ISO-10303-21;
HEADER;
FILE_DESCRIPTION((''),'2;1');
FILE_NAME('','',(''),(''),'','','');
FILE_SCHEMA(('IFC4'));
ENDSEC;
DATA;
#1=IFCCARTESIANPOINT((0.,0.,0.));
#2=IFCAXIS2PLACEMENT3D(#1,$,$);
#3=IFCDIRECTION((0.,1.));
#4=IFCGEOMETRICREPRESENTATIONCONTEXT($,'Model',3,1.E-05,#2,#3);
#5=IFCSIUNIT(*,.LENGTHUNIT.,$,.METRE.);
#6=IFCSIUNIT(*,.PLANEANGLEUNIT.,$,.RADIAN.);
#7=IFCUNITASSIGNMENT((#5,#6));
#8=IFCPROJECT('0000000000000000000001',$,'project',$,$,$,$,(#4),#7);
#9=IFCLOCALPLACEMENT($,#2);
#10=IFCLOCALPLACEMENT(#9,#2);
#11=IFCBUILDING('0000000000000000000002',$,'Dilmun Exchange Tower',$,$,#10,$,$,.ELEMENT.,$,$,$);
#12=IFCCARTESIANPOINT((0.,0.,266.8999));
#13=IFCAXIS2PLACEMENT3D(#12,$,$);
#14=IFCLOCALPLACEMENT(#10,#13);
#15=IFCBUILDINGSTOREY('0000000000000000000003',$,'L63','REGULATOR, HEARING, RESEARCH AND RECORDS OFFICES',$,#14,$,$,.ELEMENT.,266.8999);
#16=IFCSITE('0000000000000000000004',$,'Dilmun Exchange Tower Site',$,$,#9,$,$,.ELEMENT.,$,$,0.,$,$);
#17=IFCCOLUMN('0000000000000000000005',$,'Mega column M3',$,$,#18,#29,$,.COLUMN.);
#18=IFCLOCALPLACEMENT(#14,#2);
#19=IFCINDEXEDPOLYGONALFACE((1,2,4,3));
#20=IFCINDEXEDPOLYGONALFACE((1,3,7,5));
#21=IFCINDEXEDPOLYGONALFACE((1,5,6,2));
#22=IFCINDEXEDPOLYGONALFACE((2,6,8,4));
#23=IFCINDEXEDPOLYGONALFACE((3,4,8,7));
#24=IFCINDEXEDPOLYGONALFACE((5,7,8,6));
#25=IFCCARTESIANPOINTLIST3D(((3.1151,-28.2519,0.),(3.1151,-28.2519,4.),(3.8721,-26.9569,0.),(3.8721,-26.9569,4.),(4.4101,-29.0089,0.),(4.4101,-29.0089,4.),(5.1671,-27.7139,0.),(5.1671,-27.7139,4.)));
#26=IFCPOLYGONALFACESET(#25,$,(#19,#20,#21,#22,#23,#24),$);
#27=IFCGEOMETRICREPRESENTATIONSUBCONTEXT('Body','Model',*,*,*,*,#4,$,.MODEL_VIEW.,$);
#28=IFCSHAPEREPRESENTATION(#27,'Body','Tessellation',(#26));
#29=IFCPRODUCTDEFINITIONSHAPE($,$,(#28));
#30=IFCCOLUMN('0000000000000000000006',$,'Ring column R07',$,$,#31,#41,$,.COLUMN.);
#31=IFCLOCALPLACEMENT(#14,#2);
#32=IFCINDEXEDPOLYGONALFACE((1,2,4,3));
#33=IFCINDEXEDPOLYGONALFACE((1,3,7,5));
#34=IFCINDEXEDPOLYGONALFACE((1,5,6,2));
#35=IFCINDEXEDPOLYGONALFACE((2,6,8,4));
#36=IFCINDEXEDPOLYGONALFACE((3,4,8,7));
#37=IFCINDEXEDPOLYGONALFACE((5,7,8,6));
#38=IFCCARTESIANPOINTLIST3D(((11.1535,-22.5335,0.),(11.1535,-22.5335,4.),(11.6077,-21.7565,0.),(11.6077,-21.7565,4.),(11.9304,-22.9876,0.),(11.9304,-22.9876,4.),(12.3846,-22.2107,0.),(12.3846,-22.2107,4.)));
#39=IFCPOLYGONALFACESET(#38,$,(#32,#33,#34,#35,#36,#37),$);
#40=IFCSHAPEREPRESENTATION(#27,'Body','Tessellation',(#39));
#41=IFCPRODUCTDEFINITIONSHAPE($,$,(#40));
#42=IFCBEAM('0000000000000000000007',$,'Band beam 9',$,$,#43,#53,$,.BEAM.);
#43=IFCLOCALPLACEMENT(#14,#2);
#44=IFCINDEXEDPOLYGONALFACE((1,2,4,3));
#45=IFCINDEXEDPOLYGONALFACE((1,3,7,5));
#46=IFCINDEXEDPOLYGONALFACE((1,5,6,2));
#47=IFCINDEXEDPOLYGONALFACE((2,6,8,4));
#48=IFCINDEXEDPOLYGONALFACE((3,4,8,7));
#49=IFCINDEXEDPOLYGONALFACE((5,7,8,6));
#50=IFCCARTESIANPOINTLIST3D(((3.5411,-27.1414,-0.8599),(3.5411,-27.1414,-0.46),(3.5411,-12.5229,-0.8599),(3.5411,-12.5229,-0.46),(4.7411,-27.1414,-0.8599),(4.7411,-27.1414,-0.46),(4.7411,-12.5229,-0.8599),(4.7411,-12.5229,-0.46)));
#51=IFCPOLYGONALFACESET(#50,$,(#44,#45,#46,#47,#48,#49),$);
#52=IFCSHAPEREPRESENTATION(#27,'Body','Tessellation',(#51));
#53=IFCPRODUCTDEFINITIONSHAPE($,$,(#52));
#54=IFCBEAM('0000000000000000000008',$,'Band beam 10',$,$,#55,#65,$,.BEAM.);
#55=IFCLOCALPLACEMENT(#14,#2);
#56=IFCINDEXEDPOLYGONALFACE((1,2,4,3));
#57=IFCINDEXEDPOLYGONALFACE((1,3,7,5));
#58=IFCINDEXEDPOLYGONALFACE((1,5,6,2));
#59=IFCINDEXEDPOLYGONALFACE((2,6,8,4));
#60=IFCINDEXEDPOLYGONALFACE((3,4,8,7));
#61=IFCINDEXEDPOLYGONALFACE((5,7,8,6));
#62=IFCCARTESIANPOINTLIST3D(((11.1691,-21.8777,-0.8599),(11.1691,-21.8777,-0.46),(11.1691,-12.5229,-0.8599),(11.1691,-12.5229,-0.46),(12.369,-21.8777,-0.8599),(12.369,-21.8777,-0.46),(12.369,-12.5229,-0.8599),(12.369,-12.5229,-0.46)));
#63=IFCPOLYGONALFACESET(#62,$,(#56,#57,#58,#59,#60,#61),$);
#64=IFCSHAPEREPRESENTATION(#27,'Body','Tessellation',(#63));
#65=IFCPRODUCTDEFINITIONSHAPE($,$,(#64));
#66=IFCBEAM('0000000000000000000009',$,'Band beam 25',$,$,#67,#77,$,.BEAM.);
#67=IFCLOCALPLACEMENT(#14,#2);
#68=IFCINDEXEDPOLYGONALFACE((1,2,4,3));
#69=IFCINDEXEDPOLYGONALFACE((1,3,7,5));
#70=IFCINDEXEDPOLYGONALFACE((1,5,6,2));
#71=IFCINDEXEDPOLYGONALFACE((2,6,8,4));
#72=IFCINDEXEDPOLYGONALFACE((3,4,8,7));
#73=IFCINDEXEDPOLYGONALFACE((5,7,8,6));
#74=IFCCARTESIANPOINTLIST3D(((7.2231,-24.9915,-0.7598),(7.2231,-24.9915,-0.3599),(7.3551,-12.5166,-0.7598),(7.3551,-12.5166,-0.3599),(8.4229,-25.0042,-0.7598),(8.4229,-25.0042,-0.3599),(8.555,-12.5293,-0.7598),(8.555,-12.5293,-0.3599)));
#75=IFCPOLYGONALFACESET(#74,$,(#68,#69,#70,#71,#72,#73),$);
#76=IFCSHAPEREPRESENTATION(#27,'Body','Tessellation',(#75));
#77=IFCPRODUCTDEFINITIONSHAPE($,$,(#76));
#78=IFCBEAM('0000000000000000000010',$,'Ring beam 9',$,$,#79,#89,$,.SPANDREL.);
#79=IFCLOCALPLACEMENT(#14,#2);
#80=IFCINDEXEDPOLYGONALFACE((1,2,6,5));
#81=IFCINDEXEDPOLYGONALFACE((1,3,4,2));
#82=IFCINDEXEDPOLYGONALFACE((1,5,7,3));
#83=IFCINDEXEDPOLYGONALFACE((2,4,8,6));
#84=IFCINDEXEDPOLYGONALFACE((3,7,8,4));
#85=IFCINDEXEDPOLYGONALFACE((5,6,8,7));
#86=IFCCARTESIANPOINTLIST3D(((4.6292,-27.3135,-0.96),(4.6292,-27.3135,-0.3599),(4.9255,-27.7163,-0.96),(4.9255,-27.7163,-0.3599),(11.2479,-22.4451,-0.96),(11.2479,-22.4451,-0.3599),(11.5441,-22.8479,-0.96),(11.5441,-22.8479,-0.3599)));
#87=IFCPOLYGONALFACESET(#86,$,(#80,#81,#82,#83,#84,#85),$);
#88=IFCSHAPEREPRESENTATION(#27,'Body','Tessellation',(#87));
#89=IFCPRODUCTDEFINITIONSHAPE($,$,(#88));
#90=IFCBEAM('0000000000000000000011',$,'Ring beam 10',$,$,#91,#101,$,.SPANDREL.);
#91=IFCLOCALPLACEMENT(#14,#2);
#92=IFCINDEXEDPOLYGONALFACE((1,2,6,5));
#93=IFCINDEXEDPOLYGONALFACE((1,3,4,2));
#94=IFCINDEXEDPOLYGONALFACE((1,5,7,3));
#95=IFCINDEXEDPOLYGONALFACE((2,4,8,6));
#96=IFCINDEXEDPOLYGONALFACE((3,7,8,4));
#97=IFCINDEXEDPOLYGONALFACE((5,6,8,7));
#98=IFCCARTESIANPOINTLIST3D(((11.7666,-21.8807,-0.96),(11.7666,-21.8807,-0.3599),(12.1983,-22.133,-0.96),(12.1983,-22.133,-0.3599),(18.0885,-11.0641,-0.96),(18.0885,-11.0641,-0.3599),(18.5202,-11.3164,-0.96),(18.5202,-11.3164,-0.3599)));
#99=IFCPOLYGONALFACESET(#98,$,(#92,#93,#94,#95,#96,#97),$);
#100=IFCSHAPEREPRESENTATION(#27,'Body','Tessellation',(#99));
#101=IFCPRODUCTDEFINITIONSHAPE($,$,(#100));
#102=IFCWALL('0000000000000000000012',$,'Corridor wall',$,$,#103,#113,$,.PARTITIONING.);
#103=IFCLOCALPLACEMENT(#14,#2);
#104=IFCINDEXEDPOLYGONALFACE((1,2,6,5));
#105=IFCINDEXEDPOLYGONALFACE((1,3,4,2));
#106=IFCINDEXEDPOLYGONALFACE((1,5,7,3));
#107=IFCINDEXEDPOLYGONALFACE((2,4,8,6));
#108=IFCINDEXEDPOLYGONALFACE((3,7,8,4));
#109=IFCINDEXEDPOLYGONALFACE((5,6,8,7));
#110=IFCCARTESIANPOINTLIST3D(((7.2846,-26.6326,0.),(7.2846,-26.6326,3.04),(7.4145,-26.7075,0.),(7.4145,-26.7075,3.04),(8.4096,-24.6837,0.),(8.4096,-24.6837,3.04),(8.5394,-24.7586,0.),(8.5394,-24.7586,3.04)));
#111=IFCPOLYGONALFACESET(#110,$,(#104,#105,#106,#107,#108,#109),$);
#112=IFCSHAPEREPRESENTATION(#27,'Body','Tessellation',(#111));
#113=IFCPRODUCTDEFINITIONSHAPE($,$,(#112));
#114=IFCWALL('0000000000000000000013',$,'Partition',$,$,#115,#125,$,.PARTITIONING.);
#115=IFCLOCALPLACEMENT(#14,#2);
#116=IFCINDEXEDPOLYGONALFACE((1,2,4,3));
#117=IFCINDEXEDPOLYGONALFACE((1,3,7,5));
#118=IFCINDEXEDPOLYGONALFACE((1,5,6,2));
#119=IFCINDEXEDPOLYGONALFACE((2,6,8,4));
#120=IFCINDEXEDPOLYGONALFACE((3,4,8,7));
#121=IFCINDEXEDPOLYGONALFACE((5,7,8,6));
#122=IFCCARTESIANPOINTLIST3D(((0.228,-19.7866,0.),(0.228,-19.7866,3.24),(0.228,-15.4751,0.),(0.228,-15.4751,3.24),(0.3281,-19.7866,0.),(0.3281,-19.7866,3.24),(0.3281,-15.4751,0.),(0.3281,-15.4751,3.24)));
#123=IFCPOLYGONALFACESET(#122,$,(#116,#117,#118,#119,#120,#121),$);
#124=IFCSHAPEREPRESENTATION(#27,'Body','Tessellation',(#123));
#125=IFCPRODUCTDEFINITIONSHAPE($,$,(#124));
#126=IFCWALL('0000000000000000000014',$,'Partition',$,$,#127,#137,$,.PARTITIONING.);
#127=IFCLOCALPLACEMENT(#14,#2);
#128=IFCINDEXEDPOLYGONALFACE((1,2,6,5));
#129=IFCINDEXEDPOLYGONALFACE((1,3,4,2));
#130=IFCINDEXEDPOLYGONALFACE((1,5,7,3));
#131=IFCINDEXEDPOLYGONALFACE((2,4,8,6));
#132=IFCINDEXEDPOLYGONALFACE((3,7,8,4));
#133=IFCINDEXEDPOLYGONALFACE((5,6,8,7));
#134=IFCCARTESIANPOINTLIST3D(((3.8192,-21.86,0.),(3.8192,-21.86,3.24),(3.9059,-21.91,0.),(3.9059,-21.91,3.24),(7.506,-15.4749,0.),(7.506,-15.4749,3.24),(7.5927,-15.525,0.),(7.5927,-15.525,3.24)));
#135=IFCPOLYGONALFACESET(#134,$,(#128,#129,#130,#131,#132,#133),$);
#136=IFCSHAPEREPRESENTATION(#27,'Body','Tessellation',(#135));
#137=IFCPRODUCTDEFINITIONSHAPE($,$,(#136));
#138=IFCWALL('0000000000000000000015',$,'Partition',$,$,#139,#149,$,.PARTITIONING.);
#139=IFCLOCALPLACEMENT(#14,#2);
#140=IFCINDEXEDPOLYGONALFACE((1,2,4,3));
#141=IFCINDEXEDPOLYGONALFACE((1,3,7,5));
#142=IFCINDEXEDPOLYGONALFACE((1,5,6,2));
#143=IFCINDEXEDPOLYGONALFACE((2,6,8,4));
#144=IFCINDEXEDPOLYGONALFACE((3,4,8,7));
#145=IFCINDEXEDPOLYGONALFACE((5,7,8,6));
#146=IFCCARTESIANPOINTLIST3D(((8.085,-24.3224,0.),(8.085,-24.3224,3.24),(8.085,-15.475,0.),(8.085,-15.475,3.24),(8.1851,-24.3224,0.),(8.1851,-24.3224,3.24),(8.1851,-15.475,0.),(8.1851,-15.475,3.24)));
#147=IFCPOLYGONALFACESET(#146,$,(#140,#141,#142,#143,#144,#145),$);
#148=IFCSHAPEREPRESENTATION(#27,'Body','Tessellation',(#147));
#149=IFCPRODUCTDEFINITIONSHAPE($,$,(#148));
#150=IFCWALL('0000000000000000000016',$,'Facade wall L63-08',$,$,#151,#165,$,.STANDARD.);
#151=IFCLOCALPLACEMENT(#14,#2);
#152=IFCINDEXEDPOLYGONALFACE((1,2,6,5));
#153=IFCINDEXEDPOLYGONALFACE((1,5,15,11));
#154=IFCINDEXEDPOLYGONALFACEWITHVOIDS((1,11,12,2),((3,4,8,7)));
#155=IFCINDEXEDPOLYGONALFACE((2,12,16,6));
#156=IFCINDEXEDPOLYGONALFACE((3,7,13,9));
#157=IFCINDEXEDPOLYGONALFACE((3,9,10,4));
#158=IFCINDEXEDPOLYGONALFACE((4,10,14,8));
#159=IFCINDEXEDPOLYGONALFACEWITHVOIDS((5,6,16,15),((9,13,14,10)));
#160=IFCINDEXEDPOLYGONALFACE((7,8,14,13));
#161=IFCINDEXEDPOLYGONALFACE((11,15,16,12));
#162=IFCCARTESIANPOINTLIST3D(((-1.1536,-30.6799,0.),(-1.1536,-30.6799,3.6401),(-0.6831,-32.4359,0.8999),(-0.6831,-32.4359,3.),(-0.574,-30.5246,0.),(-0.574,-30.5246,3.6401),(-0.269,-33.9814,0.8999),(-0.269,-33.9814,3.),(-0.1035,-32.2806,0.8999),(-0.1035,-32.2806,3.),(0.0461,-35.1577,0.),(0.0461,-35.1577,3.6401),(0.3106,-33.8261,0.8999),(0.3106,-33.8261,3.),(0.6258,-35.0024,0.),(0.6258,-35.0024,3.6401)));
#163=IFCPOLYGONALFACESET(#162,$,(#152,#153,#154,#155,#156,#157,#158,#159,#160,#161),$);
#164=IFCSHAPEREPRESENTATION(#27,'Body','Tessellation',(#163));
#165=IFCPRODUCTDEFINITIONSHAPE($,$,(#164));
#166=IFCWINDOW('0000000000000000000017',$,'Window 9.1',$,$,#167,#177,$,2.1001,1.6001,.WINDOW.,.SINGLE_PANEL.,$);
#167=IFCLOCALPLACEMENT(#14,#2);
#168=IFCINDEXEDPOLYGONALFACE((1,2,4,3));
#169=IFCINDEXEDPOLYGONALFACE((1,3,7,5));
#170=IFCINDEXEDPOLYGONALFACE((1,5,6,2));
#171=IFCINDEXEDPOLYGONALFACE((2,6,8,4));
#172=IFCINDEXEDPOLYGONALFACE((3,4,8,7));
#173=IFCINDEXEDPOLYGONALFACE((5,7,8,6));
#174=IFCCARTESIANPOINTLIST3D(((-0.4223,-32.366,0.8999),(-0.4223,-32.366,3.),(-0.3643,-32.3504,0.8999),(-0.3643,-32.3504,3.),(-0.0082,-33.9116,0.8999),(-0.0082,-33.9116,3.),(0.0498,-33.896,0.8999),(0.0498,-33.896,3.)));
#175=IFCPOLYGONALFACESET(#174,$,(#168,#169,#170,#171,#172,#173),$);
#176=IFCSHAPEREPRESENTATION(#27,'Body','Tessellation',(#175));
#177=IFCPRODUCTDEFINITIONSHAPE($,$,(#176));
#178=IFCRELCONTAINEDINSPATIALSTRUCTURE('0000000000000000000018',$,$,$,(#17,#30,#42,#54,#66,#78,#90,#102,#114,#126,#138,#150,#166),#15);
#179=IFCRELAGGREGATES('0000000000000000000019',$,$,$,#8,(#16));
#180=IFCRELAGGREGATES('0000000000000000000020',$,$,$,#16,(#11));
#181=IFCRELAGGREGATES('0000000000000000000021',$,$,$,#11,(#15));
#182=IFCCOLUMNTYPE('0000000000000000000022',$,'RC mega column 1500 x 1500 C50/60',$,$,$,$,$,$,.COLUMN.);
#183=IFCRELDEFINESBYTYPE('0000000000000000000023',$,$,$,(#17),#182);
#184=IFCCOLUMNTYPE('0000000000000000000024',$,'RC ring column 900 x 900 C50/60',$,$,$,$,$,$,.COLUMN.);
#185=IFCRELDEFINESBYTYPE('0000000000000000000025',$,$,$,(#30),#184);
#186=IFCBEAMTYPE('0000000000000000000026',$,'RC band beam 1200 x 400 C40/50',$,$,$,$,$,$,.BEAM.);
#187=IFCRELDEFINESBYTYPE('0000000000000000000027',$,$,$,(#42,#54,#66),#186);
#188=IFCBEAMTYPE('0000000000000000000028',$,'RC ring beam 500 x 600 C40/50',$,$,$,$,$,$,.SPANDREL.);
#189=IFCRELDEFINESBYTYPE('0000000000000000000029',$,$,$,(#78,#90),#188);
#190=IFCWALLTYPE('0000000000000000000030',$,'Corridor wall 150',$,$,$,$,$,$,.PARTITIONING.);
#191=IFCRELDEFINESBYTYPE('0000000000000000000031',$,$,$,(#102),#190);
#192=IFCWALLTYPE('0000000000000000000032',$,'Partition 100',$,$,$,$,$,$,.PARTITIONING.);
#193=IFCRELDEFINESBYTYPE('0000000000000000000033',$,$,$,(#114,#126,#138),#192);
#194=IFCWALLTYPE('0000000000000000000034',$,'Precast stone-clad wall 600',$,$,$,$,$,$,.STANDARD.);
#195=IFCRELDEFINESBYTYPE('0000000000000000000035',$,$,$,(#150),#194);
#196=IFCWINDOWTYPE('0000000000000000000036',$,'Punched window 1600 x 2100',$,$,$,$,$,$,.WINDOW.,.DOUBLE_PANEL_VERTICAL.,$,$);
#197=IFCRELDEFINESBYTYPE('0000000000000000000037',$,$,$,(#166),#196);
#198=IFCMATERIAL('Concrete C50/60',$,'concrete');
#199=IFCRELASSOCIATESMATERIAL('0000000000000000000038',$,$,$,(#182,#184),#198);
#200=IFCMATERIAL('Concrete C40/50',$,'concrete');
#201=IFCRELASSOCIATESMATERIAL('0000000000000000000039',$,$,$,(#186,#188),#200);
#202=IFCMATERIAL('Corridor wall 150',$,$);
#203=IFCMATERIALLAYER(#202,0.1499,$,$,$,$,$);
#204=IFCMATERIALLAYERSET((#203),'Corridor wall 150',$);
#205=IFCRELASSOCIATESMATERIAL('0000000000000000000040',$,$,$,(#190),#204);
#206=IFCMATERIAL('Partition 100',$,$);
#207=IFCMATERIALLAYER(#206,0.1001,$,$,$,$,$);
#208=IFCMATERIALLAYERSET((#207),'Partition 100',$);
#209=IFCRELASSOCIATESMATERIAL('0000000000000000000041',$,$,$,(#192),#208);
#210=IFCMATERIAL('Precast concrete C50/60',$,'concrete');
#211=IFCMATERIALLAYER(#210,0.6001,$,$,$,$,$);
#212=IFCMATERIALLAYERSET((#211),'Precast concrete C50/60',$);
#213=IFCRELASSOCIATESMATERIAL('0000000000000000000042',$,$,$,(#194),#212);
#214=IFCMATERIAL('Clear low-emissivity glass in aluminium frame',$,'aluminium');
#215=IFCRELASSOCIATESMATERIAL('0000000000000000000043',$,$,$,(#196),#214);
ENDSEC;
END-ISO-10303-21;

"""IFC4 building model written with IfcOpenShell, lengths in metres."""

from ifc_helpers import new_model, si_unit, direction, frame, frame_2d, origin, origin_2d, place, context, subcontext, project, spatial, rectangle, extrude, material, layer, layer_set, material_profile, profile_set, type_object, element, fill, save


model = new_model("IFC4")

# Units and contexts
model_context = context("Model", 3, precision=1e-05, world=origin(), true_north=direction((0.0, 1.0)))
body_context = subcontext(model_context, "Body", "Model", "MODEL_VIEW")
ifc_project = project(units=[si_unit("LENGTHUNIT", "METRE"), si_unit("PLANEANGLEUNIT", "RADIAN")], contexts=[model_context])

# Site, building, storey
site_placement = place(None, origin())
site = spatial("IfcSite", under=ifc_project, at=site_placement, Name="Dilmun Exchange Tower Site", CompositionType="ELEMENT", RefElevation=0.0)
building_placement = place(site_placement, origin())
building = spatial("IfcBuilding", under=site, at=building_placement, Name="Dilmun Exchange Tower", CompositionType="ELEMENT")
storey_placement = place(building_placement, frame((0.0, 0.0, 266.8999)))
storey = spatial("IfcBuildingStorey", under=building, at=storey_placement, Name="L63", Description="REGULATOR, HEARING, RESEARCH AND RECORDS OFFICES", CompositionType="ELEMENT", Elevation=266.8999)

# Columns
ifc_material_1 = material(Name="Concrete C50/60", Category="concrete")
ifc_material_profile_1 = material_profile(ifc_material_1, rectangle(XDim=1.5, YDim=1.5, at=origin_2d()), Name="1500 x 1500")
ifc_profile_set_1 = profile_set([ifc_material_profile_1], Name="Concrete C50/60")
column_type_1 = type_object("IfcColumnType", Name="RC mega column 1500 x 1500 C50/60", PredefinedType="COLUMN", material=ifc_profile_set_1)
column_1_placement = place(storey_placement, frame((4.1411, -27.9829, 0.0), z_axis=(0.0, 0.0, 1.0), x_axis=(0.504644, 0.863328, 0.0)))
element("IfcColumn", 1, at=column_1_placement, inside=storey, type_object=column_type_1, Name="Mega column M3", PredefinedType="COLUMN", context=body_context, shape_type="SweptSolid", body=[
    extrude(rectangle(XDim=1.5, YDim=1.5, at=origin_2d()), origin(), (0.0, 0.0, 1.0), 4.0),
])
ifc_material_profile_2 = material_profile(ifc_material_1, rectangle(XDim=0.8999, YDim=0.8999, at=origin_2d()), Name="900 x 900")
ifc_profile_set_2 = profile_set([ifc_material_profile_2], Name="Concrete C50/60")
column_type_2 = type_object("IfcColumnType", Name="RC ring column 900 x 900 C50/60", PredefinedType="COLUMN", material=ifc_profile_set_2)
column_2_placement = place(storey_placement, frame((11.769, -22.3721, 0.0), z_axis=(0.0, 0.0, 1.0), x_axis=(0.504644, 0.863328, 0.0)))
element("IfcColumn", 2, at=column_2_placement, inside=storey, type_object=column_type_2, Name="Ring column R07", PredefinedType="COLUMN", context=body_context, shape_type="SweptSolid", body=[
    extrude(rectangle(XDim=0.8999, YDim=0.8999, at=origin_2d()), origin(), (0.0, 0.0, 1.0), 4.0),
])

# Beams
ifc_material_2 = material(Name="Concrete C40/50", Category="concrete")
ifc_material_profile_3 = material_profile(ifc_material_2, rectangle(XDim=1.2, YDim=0.3999, at=origin_2d()), Name="1200 x 400")
ifc_profile_set_3 = profile_set([ifc_material_profile_3], Name="Concrete C40/50")
beam_type_1 = type_object("IfcBeamType", Name="RC band beam 1200 x 400 C40/50", PredefinedType="BEAM", material=ifc_profile_set_3)
beam_1_placement = place(storey_placement, frame((4.1411, -27.1414, -0.6599), z_axis=(0.0, 1.0, 0.0), x_axis=(-1.0, 0.0, 0.0)))
element("IfcBeam", 3, at=beam_1_placement, inside=storey, type_object=beam_type_1, Name="Band beam 9", PredefinedType="BEAM", context=body_context, shape_type="SweptSolid", body=[
    extrude(rectangle(XDim=1.2, YDim=0.3999, at=origin_2d()), origin(), (0.0, 0.0, 1.0), 14.6184),
])
beam_2_placement = place(storey_placement, frame((11.769, -21.8777, -0.6599), z_axis=(0.0, 1.0, 0.0), x_axis=(-1.0, 0.0, 0.0)))
element("IfcBeam", 4, at=beam_2_placement, inside=storey, type_object=beam_type_1, Name="Band beam 10", PredefinedType="BEAM", context=body_context, shape_type="SweptSolid", body=[
    extrude(rectangle(XDim=1.2, YDim=0.3999, at=origin_2d()), origin(), (0.0, 0.0, 1.0), 9.3547),
])
beam_3_placement = place(storey_placement, frame((7.823, -24.9978, -0.5598), z_axis=(0.010587, 0.999944, 0.0), x_axis=(-0.999944, 0.010587, 0.0)))
element("IfcBeam", 5, at=beam_3_placement, inside=storey, type_object=beam_type_1, Name="Band beam 25", PredefinedType="BEAM", context=body_context, shape_type="SweptSolid", body=[
    extrude(rectangle(XDim=1.2, YDim=0.3999, at=origin_2d()), origin(), (0.0, 0.0, 1.0), 12.4756),
])
ifc_material_profile_4 = material_profile(ifc_material_2, rectangle(XDim=0.5, YDim=0.6001, at=origin_2d()), Name="500 x 600")
ifc_profile_set_4 = profile_set([ifc_material_profile_4], Name="Concrete C40/50")
beam_type_2 = type_object("IfcBeamType", Name="RC ring beam 500 x 600 C40/50", PredefinedType="SPANDREL", material=ifc_profile_set_4)
beam_4_placement = place(storey_placement, frame((4.7773, -27.5149, -0.6599), z_axis=(0.805549, 0.592529, 0.0), x_axis=(-0.592529, 0.805549, 0.0)))
element("IfcBeam", 6, at=beam_4_placement, inside=storey, type_object=beam_type_2, Name="Ring beam 9", PredefinedType="SPANDREL", context=body_context, shape_type="SweptSolid", body=[
    extrude(rectangle(XDim=0.5, YDim=0.6001, at=origin_2d()), origin(), (0.0, 0.0, 1.0), 8.2163),
])
beam_5_placement = place(storey_placement, frame((11.9824, -22.0068, -0.6599), z_axis=(0.504604, 0.863351, 0.0), x_axis=(-0.863351, 0.504604, 0.0)))
element("IfcBeam", 7, at=beam_5_placement, inside=storey, type_object=beam_type_2, Name="Ring beam 10", PredefinedType="SPANDREL", context=body_context, shape_type="SweptSolid", body=[
    extrude(rectangle(XDim=0.5, YDim=0.6001, at=origin_2d()), origin(), (0.0, 0.0, 1.0), 12.5286),
])

# Walls
ifc_material_3 = material(Name="Corridor wall 150")
ifc_layer_1 = layer(ifc_material_3, 0.1499)
ifc_layer_set_1 = layer_set([ifc_layer_1], Name="Corridor wall 150")
wall_type_1 = type_object("IfcWallType", Name="Corridor wall 150", PredefinedType="PARTITIONING", material=ifc_layer_set_1)
wall_1_placement = place(storey_placement, frame((7.3496, -26.6699, 0.0), z_axis=(0.0, 0.0, 1.0), x_axis=(0.49992, 0.866072, 0.0)))
element("IfcWall", 8, at=wall_1_placement, inside=storey, type_object=wall_type_1, Name="Corridor wall", PredefinedType="PARTITIONING", context=body_context, shape_type="SweptSolid", body=[
    extrude(rectangle(XDim=2.2502, YDim=0.1499, at=frame_2d((1.125, 0.0))), origin(), (0.0, 0.0, 1.0), 3.04),
])
ifc_material_4 = material(Name="Partition 100")
ifc_layer_2 = layer(ifc_material_4, 0.1001)
ifc_layer_set_2 = layer_set([ifc_layer_2], Name="Partition 100")
wall_type_2 = type_object("IfcWallType", Name="Partition 100", PredefinedType="PARTITIONING", material=ifc_layer_set_2)
wall_2_placement = place(storey_placement, frame((0.2781, -19.7866, 0.0), z_axis=(0.0, 0.0, 1.0), x_axis=(0.0, 1.0, 0.0)))
element("IfcWall", 9, at=wall_2_placement, inside=storey, type_object=wall_type_2, Name="Partition", PredefinedType="PARTITIONING", context=body_context, shape_type="SweptSolid", body=[
    extrude(rectangle(XDim=4.3115, YDim=0.1001, at=frame_2d((2.1558, 0.0))), origin(), (0.0, 0.0, 1.0), 3.24),
])
wall_3_placement = place(storey_placement, frame((3.8625, -21.885, 0.0), z_axis=(0.0, 0.0, 1.0), x_axis=(0.500039, 0.866003, 0.0)))
element("IfcWall", 10, at=wall_3_placement, inside=storey, type_object=wall_type_2, Name="Partition", PredefinedType="PARTITIONING", context=body_context, shape_type="SweptSolid", body=[
    extrude(rectangle(XDim=7.373, YDim=0.1001, at=frame_2d((3.6865, 0.0))), origin(), (0.0, 0.0, 1.0), 3.24),
])
wall_4_placement = place(storey_placement, frame((8.135, -24.3225, 0.0), z_axis=(0.0, 0.0, 1.0), x_axis=(0.0, 1.0, 0.0)))
element("IfcWall", 11, at=wall_4_placement, inside=storey, type_object=wall_type_2, Name="Partition", PredefinedType="PARTITIONING", context=body_context, shape_type="SweptSolid", body=[
    extrude(rectangle(XDim=8.8474, YDim=0.1001, at=frame_2d((4.4238, 0.0))), origin(), (0.0, 0.0, 1.0), 3.24),
])

# Wall, opening, window
ifc_material_5 = material(Name="Precast concrete C50/60", Category="concrete")
ifc_layer_3 = layer(ifc_material_5, 0.6001)
ifc_layer_set_3 = layer_set([ifc_layer_3], Name="Precast concrete C50/60")
wall_type_3 = type_object("IfcWallType", Name="Precast stone-clad wall 600", PredefinedType="STANDARD", material=ifc_layer_set_3)
wall_5_placement = place(storey_placement, frame((0.3359, -35.0801, 0.0), z_axis=(0.0, 0.0, 1.0), x_axis=(-0.258797, 0.965932, 0.0)))
wall_5 = element("IfcWall", 12, at=wall_5_placement, inside=storey, type_object=wall_type_3, Name="Facade wall L63-08", PredefinedType="STANDARD", context=body_context, shape_type="SweptSolid", body=[
    extrude(rectangle(XDim=4.6357, YDim=0.6001, at=frame_2d((2.3179, 0.0))), origin(), (0.0, 0.0, 1.0), 3.6401),
])
opening_1_placement = place(wall_5_placement, frame((1.2178, 0.0, 0.8999)))
opening_1 = element("IfcOpeningElement", 13, at=opening_1_placement, cuts=wall_5, PredefinedType="OPENING", context=body_context, shape_type="SweptSolid", body=[
    extrude(rectangle(XDim=1.6001, YDim=2.1001, at=frame_2d((0.8, 1.05))), frame((0.0, 0.3101, 0.0), z_axis=(0.0, -1.0, 0.0), x_axis=(1.0, 0.0, 0.0)), (0.0, 0.0, 1.0), 0.6201),
])
ifc_material_6 = material(Name="Clear low-emissivity glass in aluminium frame", Category="aluminium")
window_type_1 = type_object("IfcWindowType", Name="Punched window 1600 x 2100", PartitioningType="DOUBLE_PANEL_VERTICAL", PredefinedType="WINDOW", material=ifc_material_6)
window_1_placement = place(opening_1_placement, origin())
window_1 = element("IfcWindow", 14, at=window_1_placement, inside=storey, type_object=window_type_1, Name="Window 9.1", OverallHeight=2.1001, OverallWidth=1.6001, PartitioningType="SINGLE_PANEL", PredefinedType="WINDOW", context=body_context, shape_type="SweptSolid", body=[
    extrude(rectangle(XDim=1.6001, YDim=2.1001, at=frame_2d((0.8, 1.05))), frame((0.0, 0.03, 0.0), z_axis=(0.0, -1.0, 0.0), x_axis=(1.0, 0.0, 0.0)), (0.0, 0.0, 1.0), 0.0601),
])
fill(opening_1, window_1)

save(model, "model.ifc")
